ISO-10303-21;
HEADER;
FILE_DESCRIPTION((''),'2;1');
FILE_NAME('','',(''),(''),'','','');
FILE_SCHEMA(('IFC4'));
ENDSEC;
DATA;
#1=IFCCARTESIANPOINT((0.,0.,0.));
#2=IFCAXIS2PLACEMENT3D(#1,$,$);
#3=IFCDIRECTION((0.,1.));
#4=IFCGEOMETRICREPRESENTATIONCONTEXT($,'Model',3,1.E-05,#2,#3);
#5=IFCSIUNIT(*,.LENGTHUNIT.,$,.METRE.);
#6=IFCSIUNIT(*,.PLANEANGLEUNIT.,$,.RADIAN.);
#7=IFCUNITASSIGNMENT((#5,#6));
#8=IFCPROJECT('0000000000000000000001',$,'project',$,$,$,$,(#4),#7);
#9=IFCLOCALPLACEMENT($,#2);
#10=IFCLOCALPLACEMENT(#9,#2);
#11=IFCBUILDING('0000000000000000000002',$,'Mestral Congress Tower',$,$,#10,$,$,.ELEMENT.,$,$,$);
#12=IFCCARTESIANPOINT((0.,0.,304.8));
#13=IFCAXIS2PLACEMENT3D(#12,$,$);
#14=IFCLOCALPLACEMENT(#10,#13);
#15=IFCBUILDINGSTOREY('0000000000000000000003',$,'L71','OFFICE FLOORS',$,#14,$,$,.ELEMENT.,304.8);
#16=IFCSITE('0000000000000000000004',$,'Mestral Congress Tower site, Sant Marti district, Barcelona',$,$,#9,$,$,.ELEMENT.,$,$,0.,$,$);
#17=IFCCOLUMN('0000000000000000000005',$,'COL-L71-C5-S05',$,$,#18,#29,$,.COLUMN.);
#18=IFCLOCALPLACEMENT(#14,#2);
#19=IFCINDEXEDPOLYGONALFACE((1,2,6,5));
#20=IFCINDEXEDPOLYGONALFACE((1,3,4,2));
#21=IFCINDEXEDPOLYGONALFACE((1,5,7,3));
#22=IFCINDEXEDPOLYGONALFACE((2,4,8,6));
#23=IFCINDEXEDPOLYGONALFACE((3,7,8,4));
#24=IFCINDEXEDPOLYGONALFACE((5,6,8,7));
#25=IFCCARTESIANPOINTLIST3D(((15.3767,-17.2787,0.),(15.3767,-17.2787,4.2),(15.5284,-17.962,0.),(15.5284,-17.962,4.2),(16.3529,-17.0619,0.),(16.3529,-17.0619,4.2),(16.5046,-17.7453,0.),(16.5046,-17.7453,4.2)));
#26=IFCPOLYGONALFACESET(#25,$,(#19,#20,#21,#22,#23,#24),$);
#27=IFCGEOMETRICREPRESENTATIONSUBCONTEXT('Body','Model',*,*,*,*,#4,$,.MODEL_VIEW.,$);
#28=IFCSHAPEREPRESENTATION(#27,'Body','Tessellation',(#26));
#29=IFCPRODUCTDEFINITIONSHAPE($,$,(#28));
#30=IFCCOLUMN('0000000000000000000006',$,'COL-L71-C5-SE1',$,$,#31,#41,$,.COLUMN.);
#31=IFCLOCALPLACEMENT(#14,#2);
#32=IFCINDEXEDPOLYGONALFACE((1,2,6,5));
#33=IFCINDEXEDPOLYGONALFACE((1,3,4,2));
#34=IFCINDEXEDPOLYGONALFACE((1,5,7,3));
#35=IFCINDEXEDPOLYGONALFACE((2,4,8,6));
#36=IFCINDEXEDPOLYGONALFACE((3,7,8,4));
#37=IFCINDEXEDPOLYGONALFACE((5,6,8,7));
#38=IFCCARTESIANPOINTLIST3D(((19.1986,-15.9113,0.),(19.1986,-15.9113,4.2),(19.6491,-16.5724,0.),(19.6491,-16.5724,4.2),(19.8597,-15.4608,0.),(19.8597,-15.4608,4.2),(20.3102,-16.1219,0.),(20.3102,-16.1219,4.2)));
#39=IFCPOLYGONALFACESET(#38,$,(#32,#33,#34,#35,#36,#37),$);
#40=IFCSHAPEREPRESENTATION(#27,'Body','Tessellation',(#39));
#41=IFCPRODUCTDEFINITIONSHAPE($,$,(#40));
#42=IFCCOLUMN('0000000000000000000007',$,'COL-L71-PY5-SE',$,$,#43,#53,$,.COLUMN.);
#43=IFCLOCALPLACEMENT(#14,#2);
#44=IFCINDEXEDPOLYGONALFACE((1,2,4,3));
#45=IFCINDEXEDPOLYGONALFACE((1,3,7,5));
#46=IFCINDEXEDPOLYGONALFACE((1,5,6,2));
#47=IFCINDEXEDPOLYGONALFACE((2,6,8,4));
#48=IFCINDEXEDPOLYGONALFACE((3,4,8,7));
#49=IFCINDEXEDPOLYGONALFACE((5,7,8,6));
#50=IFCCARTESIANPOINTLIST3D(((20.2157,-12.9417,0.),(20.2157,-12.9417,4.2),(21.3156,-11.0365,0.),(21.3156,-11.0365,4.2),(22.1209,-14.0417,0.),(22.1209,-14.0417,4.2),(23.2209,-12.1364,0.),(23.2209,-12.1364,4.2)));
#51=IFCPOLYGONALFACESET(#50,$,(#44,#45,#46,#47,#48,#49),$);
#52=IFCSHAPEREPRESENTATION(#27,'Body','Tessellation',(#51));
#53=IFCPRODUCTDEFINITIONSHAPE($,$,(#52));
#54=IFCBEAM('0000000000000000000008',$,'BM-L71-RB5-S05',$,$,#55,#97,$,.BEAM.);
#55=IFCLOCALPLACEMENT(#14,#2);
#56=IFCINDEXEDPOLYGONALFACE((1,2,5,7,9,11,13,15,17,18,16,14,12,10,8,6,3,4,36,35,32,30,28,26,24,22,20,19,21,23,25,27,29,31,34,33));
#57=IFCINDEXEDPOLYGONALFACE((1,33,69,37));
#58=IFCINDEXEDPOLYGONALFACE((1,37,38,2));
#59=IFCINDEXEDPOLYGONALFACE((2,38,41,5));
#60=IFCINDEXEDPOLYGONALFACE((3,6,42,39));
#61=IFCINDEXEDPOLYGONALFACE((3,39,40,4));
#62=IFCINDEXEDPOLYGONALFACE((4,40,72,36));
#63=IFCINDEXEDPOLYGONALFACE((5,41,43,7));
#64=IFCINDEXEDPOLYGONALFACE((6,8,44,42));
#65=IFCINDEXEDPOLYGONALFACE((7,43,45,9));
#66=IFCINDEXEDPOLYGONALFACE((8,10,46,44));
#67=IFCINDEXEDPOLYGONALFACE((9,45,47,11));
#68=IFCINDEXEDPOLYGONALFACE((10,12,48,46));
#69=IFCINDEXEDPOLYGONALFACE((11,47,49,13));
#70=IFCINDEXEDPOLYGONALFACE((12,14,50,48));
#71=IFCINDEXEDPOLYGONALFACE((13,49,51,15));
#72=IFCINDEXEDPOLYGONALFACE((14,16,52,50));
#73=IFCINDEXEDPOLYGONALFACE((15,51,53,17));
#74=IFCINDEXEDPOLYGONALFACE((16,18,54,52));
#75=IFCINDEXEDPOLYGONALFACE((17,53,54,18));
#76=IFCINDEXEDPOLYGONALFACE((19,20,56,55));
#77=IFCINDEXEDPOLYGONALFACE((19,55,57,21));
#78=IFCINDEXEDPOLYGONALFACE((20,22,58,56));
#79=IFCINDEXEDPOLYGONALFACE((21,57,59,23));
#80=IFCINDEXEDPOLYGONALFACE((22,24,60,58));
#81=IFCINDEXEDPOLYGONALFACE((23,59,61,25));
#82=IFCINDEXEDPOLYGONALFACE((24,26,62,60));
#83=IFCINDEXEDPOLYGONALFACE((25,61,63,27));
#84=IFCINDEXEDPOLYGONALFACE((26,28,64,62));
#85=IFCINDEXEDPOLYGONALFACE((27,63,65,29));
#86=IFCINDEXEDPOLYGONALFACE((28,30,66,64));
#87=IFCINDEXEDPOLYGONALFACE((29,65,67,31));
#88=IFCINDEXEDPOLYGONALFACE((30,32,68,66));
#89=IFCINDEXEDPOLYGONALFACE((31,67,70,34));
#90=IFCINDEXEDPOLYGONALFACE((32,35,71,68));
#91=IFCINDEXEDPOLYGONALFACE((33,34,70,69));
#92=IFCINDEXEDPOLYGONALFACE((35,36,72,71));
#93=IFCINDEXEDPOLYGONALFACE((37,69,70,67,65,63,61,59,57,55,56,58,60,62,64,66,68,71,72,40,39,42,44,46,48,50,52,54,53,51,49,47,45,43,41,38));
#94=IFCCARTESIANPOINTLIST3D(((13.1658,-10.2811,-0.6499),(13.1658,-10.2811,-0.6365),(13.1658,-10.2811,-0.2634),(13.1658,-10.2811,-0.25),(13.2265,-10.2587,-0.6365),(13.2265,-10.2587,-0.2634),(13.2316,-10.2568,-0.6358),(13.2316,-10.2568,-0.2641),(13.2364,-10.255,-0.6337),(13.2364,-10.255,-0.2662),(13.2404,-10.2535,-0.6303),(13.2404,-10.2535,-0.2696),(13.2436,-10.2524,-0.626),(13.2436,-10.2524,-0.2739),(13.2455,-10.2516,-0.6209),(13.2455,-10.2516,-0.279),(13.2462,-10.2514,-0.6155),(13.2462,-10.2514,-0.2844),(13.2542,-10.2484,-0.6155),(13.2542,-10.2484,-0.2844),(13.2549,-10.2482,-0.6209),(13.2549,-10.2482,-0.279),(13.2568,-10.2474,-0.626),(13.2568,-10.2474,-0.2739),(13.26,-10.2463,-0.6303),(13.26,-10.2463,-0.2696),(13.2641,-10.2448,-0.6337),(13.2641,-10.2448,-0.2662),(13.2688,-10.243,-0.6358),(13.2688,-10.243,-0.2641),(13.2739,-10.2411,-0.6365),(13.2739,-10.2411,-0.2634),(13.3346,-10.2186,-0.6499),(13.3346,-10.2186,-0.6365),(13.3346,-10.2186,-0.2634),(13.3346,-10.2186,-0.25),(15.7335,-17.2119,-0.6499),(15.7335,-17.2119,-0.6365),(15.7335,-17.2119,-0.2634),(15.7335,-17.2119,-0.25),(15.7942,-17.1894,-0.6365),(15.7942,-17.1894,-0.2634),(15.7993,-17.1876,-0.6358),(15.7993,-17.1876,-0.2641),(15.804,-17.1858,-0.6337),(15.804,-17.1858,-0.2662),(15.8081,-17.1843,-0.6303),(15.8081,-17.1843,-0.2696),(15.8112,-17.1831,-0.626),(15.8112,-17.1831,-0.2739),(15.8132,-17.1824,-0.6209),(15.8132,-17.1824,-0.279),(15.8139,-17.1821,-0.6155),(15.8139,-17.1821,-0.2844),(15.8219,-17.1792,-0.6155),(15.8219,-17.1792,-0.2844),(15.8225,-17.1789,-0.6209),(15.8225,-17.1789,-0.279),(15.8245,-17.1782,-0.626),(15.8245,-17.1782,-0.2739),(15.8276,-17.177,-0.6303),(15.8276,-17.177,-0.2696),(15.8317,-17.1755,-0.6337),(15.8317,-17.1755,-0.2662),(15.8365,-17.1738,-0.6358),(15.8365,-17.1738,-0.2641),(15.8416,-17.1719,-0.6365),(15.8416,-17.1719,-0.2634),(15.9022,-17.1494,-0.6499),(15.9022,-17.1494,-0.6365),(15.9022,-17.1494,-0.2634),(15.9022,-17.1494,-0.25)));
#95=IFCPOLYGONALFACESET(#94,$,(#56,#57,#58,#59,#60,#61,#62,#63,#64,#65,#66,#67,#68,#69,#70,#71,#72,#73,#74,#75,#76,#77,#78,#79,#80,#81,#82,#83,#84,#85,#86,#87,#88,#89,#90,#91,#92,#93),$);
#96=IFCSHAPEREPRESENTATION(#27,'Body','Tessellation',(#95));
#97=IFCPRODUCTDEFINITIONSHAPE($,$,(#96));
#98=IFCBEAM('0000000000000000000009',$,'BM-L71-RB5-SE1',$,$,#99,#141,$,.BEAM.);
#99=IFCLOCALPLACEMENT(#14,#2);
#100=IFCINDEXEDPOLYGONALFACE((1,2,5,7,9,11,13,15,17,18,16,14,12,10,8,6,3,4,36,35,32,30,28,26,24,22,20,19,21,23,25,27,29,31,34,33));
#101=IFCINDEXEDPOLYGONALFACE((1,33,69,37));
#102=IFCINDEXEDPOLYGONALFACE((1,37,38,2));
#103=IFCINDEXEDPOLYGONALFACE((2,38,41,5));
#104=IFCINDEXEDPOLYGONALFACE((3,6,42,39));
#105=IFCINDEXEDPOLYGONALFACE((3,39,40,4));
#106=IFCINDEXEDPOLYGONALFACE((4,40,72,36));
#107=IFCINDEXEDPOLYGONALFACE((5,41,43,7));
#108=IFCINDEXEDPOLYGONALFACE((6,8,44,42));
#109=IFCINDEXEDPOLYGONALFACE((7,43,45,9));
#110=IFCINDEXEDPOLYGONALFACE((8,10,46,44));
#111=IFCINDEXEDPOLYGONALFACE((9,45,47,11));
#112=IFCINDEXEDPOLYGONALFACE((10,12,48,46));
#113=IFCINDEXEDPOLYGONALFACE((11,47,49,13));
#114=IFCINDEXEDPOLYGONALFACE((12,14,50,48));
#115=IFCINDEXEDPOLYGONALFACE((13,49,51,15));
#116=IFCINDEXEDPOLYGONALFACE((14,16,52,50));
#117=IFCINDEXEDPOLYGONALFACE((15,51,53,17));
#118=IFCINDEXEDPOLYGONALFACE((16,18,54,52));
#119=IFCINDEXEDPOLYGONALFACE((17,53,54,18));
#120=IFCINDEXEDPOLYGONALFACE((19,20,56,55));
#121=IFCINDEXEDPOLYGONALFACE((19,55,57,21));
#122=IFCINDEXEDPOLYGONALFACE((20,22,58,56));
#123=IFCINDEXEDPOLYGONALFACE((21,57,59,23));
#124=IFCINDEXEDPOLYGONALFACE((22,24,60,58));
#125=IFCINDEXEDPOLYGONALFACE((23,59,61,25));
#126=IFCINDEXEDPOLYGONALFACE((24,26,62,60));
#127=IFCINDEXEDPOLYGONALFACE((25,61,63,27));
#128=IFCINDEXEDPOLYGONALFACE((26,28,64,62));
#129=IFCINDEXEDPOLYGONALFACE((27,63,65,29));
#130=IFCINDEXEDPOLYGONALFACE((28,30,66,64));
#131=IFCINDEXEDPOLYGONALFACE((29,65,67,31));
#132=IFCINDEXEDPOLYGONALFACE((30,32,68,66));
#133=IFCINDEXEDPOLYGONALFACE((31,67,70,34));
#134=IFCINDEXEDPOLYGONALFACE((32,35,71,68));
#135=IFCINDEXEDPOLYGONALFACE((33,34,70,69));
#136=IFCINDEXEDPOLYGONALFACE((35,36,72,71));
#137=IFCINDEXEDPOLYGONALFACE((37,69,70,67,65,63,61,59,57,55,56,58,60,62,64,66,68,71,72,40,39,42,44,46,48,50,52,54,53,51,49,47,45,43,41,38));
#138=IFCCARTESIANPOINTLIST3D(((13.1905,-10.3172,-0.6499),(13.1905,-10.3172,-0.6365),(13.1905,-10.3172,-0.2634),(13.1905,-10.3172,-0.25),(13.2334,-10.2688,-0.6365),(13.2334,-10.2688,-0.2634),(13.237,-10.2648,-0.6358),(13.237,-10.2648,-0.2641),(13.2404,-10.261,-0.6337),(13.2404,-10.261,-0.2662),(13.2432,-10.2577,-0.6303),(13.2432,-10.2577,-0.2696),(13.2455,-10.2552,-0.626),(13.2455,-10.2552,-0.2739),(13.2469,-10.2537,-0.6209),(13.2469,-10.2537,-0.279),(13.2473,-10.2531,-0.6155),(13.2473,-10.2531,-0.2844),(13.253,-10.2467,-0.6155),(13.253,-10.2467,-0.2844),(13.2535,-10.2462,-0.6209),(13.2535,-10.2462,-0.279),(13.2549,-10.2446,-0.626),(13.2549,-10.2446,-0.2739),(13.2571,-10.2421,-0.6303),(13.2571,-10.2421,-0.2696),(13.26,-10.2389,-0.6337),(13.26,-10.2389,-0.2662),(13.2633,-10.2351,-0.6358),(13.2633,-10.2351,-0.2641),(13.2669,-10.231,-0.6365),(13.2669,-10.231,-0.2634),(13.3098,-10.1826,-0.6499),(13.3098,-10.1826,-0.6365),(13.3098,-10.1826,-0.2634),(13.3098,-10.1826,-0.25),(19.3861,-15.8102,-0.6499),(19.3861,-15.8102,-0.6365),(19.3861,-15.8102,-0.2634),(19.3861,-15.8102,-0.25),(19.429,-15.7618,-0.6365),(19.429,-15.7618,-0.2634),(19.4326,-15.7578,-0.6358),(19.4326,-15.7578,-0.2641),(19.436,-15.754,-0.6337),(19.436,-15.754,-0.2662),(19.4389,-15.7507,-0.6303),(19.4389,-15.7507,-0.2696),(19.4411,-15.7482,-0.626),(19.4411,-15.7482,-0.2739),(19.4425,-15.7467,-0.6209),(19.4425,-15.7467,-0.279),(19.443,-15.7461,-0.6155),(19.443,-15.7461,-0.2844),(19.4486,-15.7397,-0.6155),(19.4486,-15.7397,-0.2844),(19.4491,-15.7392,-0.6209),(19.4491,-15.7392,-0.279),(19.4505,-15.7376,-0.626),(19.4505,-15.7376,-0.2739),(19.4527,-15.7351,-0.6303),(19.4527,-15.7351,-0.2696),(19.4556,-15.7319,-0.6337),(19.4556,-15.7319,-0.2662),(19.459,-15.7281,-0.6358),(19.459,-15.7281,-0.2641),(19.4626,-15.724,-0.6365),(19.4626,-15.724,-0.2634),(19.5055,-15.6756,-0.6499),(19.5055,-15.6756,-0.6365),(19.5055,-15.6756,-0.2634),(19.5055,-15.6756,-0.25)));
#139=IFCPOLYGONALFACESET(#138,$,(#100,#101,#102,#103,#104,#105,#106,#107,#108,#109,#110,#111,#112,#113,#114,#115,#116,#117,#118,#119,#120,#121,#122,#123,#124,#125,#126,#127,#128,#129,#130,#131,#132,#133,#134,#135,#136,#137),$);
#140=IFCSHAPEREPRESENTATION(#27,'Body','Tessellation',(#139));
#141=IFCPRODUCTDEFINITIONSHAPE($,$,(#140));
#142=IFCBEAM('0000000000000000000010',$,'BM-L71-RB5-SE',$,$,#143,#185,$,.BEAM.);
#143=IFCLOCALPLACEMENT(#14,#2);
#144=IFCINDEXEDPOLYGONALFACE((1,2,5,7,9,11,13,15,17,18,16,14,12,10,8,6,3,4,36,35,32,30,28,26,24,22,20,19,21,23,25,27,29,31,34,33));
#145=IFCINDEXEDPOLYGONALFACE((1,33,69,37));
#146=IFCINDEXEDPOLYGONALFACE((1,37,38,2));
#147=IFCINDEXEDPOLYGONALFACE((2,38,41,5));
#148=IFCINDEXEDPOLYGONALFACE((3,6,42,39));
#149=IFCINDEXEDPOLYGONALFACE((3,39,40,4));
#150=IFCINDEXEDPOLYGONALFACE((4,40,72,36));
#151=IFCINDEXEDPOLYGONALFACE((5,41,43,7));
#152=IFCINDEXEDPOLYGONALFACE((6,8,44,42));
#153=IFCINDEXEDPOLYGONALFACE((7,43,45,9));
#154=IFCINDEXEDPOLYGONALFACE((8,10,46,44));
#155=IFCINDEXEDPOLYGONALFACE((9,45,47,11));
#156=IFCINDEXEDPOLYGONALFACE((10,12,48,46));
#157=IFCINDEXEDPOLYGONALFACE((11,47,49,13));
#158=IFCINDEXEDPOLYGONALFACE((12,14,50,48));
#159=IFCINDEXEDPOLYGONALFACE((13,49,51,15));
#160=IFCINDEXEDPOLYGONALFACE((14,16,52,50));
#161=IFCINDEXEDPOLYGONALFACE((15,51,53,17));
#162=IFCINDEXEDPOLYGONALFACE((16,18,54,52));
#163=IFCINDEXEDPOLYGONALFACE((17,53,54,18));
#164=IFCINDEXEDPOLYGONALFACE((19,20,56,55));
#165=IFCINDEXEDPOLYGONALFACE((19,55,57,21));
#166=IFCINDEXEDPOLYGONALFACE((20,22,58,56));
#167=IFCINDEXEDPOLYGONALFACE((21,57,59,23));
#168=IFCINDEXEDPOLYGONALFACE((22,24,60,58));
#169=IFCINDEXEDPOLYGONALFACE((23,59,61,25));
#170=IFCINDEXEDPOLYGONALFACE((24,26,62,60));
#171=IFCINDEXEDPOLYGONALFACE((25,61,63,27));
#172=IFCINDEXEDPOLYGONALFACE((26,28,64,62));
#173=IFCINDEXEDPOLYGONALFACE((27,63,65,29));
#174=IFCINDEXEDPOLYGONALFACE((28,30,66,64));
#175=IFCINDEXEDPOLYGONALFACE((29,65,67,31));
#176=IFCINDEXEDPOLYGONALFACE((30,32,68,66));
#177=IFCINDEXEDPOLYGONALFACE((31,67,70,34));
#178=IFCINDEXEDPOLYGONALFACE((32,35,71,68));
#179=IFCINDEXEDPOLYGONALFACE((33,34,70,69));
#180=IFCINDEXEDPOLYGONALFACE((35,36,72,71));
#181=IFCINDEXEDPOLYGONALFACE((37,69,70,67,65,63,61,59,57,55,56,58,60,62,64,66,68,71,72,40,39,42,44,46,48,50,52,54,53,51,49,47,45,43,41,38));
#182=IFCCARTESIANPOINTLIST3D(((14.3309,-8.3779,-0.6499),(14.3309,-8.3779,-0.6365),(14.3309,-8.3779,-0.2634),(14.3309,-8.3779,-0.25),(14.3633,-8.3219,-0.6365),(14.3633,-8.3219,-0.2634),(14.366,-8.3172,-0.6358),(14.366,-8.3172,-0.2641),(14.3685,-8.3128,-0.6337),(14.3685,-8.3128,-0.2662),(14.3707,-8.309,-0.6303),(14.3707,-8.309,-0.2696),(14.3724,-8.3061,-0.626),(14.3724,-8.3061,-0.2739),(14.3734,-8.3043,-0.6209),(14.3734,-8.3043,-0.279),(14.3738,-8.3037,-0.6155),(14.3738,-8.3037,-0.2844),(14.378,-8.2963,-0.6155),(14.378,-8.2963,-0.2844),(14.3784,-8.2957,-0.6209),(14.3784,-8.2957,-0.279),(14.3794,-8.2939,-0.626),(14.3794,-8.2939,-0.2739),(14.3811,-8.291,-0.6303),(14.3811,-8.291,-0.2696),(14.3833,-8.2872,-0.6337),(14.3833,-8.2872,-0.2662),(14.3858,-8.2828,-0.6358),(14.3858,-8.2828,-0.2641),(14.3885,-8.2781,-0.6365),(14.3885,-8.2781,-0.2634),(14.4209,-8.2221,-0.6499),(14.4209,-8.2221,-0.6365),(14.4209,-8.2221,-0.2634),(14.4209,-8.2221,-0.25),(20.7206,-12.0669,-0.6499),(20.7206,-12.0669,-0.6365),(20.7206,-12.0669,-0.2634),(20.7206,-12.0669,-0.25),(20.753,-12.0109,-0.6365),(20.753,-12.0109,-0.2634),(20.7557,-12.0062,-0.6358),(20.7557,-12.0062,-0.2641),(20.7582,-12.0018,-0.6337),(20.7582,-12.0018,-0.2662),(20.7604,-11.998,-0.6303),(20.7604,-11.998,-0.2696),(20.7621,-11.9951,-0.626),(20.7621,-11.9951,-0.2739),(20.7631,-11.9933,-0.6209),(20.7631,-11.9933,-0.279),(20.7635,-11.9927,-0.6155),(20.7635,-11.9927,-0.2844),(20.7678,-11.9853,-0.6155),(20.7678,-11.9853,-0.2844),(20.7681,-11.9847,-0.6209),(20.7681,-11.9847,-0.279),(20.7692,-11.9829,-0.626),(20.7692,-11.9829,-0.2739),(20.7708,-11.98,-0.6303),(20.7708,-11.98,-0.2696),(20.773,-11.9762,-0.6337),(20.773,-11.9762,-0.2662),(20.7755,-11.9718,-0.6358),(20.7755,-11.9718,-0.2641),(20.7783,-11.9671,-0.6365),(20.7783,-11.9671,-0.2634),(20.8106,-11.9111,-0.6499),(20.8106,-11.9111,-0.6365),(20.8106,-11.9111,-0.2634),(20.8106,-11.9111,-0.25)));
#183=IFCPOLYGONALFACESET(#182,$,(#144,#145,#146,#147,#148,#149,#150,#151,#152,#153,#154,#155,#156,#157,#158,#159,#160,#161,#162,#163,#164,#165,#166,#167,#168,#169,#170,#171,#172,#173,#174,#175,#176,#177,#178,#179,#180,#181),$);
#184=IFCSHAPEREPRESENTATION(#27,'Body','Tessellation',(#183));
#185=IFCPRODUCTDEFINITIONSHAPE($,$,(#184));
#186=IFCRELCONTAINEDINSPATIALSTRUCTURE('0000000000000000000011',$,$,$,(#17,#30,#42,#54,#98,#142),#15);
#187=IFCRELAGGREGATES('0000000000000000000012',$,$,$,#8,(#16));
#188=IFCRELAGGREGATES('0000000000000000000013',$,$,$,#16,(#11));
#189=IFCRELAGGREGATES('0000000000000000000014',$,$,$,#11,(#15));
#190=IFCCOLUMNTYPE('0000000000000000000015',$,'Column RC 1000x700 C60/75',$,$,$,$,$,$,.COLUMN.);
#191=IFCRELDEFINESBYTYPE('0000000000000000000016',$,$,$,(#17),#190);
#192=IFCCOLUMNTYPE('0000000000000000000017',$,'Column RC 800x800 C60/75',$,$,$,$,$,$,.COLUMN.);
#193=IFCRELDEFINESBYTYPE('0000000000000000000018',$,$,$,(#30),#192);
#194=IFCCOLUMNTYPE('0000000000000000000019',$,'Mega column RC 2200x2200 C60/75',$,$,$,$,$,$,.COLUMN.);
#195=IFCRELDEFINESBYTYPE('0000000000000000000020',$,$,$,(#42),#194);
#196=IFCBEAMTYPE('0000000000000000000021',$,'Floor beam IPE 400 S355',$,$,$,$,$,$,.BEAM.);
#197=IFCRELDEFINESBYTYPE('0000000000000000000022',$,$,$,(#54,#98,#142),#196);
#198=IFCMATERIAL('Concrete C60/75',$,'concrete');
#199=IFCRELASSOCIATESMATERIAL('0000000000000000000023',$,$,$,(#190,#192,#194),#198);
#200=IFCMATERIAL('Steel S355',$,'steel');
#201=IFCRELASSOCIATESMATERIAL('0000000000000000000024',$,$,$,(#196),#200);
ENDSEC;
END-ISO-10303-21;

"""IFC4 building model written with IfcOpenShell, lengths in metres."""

from ifc_helpers import new_model, si_unit, direction, frame, origin, origin_2d, place, context, subcontext, project, spatial, rectangle, i_section, extrude, material, material_profile, profile_set, type_object, element, save


model = new_model("IFC4")

# Units and contexts
model_context = context("Model", 3, precision=1e-05, world=origin(), true_north=direction((0.0, 1.0)))
body_context = subcontext(model_context, "Body", "Model", "MODEL_VIEW")
ifc_project = project(units=[si_unit("LENGTHUNIT", "METRE"), si_unit("PLANEANGLEUNIT", "RADIAN")], contexts=[model_context])

# Site, building, storey
site_placement = place(None, origin())
site = spatial("IfcSite", under=ifc_project, at=site_placement, Name="Mestral Congress Tower site, Sant Marti district, Barcelona", CompositionType="ELEMENT", RefElevation=0.0)
building_placement = place(site_placement, origin())
building = spatial("IfcBuilding", under=site, at=building_placement, Name="Mestral Congress Tower", CompositionType="ELEMENT")
storey_placement = place(building_placement, frame((0.0, 0.0, 304.8)))
storey = spatial("IfcBuildingStorey", under=building, at=storey_placement, Name="L71", Description="OFFICE FLOORS", CompositionType="ELEMENT", Elevation=304.8)

# Columns
ifc_material_1 = material(Name="Concrete C60/75", Category="concrete")
ifc_material_profile_1 = material_profile(ifc_material_1, rectangle(XDim=1.0, YDim=0.7, at=origin_2d()), Name="RC 1000x700")
ifc_profile_set_1 = profile_set([ifc_material_profile_1], Name="Concrete C60/75")
column_type_1 = type_object("IfcColumnType", Name="Column RC 1000x700 C60/75", PredefinedType="COLUMN", material=ifc_profile_set_1)
column_1_placement = place(storey_placement, frame((15.9407, -17.512, 0.0), z_axis=(0.0, 0.0, 1.0), x_axis=(0.976234, 0.216721, 0.0)))
element("IfcColumn", 1, at=column_1_placement, inside=storey, type_object=column_type_1, Name="COL-L71-C5-S05", PredefinedType="COLUMN", context=body_context, shape_type="SweptSolid", body=[
    extrude(rectangle(XDim=1.0, YDim=0.7, at=origin_2d()), origin(), (0.0, 0.0, 1.0), 4.2),
])
ifc_material_profile_2 = material_profile(ifc_material_1, rectangle(XDim=0.8, YDim=0.8, at=origin_2d()), Name="RC 800x800")
ifc_profile_set_2 = profile_set([ifc_material_profile_2], Name="Concrete C60/75")
column_type_2 = type_object("IfcColumnType", Name="Column RC 800x800 C60/75", PredefinedType="COLUMN", material=ifc_profile_set_2)
column_2_placement = place(storey_placement, frame((19.7544, -16.0166, 0.0), z_axis=(0.0, 0.0, 1.0), x_axis=(0.826363, 0.563138, 0.0)))
element("IfcColumn", 2, at=column_2_placement, inside=storey, type_object=column_type_2, Name="COL-L71-C5-SE1", PredefinedType="COLUMN", context=body_context, shape_type="SweptSolid", body=[
    extrude(rectangle(XDim=0.8, YDim=0.8, at=origin_2d()), origin(), (0.0, 0.0, 1.0), 4.2),
])
ifc_material_profile_3 = material_profile(ifc_material_1, rectangle(XDim=2.2, YDim=2.2, at=origin_2d()), Name="RC 2200x2200")
ifc_profile_set_3 = profile_set([ifc_material_profile_3], Name="Concrete C60/75")
column_type_3 = type_object("IfcColumnType", Name="Mega column RC 2200x2200 C60/75", PredefinedType="COLUMN", material=ifc_profile_set_3)
column_3_placement = place(storey_placement, frame((21.7183, -12.5391, 0.0), z_axis=(0.0, 0.0, 1.0), x_axis=(0.866025, -0.5, 0.0)))
element("IfcColumn", 3, at=column_3_placement, inside=storey, type_object=column_type_3, Name="COL-L71-PY5-SE", PredefinedType="COLUMN", context=body_context, shape_type="SweptSolid", body=[
    extrude(rectangle(XDim=2.2, YDim=2.2, at=origin_2d()), origin(), (0.0, 0.0, 1.0), 4.2),
])

# Beams
ifc_material_2 = material(Name="Steel S355", Category="steel")
ifc_material_profile_4 = material_profile(ifc_material_2, i_section(OverallWidth=0.1799, OverallDepth=0.3999, WebThickness=0.0085, FlangeThickness=0.0134, FilletRadius=0.021, at=origin_2d()), Name="IPE 400")
ifc_profile_set_4 = profile_set([ifc_material_profile_4], Name="Steel S355")
beam_type_1 = type_object("IfcBeamType", Name="Floor beam IPE 400 S355", PredefinedType="BEAM", material=ifc_profile_set_4)
beam_1_placement = place(storey_placement, frame((15.8179, -17.1807, -0.45), z_axis=(-0.347399, 0.937717, 0.0), x_axis=(-0.937717, -0.347399, 0.0)))
element("IfcBeam", 4, at=beam_1_placement, inside=storey, type_object=beam_type_1, Name="BM-L71-RB5-S05", PredefinedType="BEAM", context=body_context, shape_type="SweptSolid", body=[
    extrude(i_section(OverallWidth=0.1799, OverallDepth=0.3999, WebThickness=0.0085, FlangeThickness=0.0134, FilletRadius=0.021, at=origin_2d()), origin(), (0.0, 0.0, 1.0), 7.3911),
])
beam_2_placement = place(storey_placement, frame((19.4458, -15.7429, -0.45), z_axis=(-0.748263, 0.663402, 0.0), x_axis=(-0.663402, -0.748263, 0.0)))
element("IfcBeam", 5, at=beam_2_placement, inside=storey, type_object=beam_type_1, Name="BM-L71-RB5-SE1", PredefinedType="BEAM", context=body_context, shape_type="SweptSolid", body=[
    extrude(i_section(OverallWidth=0.1799, OverallDepth=0.3999, WebThickness=0.0085, FlangeThickness=0.0134, FilletRadius=0.021, at=origin_2d()), origin(), (0.0, 0.0, 1.0), 8.28),
])
beam_3_placement = place(storey_placement, frame((20.7656, -11.989, -0.45), z_axis=(-0.866031, 0.49999, 0.0), x_axis=(-0.49999, -0.866031, 0.0)))
element("IfcBeam", 6, at=beam_3_placement, inside=storey, type_object=beam_type_1, Name="BM-L71-RB5-SE", PredefinedType="BEAM", context=body_context, shape_type="SweptSolid", body=[
    extrude(i_section(OverallWidth=0.1799, OverallDepth=0.3999, WebThickness=0.0085, FlangeThickness=0.0134, FilletRadius=0.021, at=origin_2d()), origin(), (0.0, 0.0, 1.0), 7.3782),
])

save(model, "model.ifc")
